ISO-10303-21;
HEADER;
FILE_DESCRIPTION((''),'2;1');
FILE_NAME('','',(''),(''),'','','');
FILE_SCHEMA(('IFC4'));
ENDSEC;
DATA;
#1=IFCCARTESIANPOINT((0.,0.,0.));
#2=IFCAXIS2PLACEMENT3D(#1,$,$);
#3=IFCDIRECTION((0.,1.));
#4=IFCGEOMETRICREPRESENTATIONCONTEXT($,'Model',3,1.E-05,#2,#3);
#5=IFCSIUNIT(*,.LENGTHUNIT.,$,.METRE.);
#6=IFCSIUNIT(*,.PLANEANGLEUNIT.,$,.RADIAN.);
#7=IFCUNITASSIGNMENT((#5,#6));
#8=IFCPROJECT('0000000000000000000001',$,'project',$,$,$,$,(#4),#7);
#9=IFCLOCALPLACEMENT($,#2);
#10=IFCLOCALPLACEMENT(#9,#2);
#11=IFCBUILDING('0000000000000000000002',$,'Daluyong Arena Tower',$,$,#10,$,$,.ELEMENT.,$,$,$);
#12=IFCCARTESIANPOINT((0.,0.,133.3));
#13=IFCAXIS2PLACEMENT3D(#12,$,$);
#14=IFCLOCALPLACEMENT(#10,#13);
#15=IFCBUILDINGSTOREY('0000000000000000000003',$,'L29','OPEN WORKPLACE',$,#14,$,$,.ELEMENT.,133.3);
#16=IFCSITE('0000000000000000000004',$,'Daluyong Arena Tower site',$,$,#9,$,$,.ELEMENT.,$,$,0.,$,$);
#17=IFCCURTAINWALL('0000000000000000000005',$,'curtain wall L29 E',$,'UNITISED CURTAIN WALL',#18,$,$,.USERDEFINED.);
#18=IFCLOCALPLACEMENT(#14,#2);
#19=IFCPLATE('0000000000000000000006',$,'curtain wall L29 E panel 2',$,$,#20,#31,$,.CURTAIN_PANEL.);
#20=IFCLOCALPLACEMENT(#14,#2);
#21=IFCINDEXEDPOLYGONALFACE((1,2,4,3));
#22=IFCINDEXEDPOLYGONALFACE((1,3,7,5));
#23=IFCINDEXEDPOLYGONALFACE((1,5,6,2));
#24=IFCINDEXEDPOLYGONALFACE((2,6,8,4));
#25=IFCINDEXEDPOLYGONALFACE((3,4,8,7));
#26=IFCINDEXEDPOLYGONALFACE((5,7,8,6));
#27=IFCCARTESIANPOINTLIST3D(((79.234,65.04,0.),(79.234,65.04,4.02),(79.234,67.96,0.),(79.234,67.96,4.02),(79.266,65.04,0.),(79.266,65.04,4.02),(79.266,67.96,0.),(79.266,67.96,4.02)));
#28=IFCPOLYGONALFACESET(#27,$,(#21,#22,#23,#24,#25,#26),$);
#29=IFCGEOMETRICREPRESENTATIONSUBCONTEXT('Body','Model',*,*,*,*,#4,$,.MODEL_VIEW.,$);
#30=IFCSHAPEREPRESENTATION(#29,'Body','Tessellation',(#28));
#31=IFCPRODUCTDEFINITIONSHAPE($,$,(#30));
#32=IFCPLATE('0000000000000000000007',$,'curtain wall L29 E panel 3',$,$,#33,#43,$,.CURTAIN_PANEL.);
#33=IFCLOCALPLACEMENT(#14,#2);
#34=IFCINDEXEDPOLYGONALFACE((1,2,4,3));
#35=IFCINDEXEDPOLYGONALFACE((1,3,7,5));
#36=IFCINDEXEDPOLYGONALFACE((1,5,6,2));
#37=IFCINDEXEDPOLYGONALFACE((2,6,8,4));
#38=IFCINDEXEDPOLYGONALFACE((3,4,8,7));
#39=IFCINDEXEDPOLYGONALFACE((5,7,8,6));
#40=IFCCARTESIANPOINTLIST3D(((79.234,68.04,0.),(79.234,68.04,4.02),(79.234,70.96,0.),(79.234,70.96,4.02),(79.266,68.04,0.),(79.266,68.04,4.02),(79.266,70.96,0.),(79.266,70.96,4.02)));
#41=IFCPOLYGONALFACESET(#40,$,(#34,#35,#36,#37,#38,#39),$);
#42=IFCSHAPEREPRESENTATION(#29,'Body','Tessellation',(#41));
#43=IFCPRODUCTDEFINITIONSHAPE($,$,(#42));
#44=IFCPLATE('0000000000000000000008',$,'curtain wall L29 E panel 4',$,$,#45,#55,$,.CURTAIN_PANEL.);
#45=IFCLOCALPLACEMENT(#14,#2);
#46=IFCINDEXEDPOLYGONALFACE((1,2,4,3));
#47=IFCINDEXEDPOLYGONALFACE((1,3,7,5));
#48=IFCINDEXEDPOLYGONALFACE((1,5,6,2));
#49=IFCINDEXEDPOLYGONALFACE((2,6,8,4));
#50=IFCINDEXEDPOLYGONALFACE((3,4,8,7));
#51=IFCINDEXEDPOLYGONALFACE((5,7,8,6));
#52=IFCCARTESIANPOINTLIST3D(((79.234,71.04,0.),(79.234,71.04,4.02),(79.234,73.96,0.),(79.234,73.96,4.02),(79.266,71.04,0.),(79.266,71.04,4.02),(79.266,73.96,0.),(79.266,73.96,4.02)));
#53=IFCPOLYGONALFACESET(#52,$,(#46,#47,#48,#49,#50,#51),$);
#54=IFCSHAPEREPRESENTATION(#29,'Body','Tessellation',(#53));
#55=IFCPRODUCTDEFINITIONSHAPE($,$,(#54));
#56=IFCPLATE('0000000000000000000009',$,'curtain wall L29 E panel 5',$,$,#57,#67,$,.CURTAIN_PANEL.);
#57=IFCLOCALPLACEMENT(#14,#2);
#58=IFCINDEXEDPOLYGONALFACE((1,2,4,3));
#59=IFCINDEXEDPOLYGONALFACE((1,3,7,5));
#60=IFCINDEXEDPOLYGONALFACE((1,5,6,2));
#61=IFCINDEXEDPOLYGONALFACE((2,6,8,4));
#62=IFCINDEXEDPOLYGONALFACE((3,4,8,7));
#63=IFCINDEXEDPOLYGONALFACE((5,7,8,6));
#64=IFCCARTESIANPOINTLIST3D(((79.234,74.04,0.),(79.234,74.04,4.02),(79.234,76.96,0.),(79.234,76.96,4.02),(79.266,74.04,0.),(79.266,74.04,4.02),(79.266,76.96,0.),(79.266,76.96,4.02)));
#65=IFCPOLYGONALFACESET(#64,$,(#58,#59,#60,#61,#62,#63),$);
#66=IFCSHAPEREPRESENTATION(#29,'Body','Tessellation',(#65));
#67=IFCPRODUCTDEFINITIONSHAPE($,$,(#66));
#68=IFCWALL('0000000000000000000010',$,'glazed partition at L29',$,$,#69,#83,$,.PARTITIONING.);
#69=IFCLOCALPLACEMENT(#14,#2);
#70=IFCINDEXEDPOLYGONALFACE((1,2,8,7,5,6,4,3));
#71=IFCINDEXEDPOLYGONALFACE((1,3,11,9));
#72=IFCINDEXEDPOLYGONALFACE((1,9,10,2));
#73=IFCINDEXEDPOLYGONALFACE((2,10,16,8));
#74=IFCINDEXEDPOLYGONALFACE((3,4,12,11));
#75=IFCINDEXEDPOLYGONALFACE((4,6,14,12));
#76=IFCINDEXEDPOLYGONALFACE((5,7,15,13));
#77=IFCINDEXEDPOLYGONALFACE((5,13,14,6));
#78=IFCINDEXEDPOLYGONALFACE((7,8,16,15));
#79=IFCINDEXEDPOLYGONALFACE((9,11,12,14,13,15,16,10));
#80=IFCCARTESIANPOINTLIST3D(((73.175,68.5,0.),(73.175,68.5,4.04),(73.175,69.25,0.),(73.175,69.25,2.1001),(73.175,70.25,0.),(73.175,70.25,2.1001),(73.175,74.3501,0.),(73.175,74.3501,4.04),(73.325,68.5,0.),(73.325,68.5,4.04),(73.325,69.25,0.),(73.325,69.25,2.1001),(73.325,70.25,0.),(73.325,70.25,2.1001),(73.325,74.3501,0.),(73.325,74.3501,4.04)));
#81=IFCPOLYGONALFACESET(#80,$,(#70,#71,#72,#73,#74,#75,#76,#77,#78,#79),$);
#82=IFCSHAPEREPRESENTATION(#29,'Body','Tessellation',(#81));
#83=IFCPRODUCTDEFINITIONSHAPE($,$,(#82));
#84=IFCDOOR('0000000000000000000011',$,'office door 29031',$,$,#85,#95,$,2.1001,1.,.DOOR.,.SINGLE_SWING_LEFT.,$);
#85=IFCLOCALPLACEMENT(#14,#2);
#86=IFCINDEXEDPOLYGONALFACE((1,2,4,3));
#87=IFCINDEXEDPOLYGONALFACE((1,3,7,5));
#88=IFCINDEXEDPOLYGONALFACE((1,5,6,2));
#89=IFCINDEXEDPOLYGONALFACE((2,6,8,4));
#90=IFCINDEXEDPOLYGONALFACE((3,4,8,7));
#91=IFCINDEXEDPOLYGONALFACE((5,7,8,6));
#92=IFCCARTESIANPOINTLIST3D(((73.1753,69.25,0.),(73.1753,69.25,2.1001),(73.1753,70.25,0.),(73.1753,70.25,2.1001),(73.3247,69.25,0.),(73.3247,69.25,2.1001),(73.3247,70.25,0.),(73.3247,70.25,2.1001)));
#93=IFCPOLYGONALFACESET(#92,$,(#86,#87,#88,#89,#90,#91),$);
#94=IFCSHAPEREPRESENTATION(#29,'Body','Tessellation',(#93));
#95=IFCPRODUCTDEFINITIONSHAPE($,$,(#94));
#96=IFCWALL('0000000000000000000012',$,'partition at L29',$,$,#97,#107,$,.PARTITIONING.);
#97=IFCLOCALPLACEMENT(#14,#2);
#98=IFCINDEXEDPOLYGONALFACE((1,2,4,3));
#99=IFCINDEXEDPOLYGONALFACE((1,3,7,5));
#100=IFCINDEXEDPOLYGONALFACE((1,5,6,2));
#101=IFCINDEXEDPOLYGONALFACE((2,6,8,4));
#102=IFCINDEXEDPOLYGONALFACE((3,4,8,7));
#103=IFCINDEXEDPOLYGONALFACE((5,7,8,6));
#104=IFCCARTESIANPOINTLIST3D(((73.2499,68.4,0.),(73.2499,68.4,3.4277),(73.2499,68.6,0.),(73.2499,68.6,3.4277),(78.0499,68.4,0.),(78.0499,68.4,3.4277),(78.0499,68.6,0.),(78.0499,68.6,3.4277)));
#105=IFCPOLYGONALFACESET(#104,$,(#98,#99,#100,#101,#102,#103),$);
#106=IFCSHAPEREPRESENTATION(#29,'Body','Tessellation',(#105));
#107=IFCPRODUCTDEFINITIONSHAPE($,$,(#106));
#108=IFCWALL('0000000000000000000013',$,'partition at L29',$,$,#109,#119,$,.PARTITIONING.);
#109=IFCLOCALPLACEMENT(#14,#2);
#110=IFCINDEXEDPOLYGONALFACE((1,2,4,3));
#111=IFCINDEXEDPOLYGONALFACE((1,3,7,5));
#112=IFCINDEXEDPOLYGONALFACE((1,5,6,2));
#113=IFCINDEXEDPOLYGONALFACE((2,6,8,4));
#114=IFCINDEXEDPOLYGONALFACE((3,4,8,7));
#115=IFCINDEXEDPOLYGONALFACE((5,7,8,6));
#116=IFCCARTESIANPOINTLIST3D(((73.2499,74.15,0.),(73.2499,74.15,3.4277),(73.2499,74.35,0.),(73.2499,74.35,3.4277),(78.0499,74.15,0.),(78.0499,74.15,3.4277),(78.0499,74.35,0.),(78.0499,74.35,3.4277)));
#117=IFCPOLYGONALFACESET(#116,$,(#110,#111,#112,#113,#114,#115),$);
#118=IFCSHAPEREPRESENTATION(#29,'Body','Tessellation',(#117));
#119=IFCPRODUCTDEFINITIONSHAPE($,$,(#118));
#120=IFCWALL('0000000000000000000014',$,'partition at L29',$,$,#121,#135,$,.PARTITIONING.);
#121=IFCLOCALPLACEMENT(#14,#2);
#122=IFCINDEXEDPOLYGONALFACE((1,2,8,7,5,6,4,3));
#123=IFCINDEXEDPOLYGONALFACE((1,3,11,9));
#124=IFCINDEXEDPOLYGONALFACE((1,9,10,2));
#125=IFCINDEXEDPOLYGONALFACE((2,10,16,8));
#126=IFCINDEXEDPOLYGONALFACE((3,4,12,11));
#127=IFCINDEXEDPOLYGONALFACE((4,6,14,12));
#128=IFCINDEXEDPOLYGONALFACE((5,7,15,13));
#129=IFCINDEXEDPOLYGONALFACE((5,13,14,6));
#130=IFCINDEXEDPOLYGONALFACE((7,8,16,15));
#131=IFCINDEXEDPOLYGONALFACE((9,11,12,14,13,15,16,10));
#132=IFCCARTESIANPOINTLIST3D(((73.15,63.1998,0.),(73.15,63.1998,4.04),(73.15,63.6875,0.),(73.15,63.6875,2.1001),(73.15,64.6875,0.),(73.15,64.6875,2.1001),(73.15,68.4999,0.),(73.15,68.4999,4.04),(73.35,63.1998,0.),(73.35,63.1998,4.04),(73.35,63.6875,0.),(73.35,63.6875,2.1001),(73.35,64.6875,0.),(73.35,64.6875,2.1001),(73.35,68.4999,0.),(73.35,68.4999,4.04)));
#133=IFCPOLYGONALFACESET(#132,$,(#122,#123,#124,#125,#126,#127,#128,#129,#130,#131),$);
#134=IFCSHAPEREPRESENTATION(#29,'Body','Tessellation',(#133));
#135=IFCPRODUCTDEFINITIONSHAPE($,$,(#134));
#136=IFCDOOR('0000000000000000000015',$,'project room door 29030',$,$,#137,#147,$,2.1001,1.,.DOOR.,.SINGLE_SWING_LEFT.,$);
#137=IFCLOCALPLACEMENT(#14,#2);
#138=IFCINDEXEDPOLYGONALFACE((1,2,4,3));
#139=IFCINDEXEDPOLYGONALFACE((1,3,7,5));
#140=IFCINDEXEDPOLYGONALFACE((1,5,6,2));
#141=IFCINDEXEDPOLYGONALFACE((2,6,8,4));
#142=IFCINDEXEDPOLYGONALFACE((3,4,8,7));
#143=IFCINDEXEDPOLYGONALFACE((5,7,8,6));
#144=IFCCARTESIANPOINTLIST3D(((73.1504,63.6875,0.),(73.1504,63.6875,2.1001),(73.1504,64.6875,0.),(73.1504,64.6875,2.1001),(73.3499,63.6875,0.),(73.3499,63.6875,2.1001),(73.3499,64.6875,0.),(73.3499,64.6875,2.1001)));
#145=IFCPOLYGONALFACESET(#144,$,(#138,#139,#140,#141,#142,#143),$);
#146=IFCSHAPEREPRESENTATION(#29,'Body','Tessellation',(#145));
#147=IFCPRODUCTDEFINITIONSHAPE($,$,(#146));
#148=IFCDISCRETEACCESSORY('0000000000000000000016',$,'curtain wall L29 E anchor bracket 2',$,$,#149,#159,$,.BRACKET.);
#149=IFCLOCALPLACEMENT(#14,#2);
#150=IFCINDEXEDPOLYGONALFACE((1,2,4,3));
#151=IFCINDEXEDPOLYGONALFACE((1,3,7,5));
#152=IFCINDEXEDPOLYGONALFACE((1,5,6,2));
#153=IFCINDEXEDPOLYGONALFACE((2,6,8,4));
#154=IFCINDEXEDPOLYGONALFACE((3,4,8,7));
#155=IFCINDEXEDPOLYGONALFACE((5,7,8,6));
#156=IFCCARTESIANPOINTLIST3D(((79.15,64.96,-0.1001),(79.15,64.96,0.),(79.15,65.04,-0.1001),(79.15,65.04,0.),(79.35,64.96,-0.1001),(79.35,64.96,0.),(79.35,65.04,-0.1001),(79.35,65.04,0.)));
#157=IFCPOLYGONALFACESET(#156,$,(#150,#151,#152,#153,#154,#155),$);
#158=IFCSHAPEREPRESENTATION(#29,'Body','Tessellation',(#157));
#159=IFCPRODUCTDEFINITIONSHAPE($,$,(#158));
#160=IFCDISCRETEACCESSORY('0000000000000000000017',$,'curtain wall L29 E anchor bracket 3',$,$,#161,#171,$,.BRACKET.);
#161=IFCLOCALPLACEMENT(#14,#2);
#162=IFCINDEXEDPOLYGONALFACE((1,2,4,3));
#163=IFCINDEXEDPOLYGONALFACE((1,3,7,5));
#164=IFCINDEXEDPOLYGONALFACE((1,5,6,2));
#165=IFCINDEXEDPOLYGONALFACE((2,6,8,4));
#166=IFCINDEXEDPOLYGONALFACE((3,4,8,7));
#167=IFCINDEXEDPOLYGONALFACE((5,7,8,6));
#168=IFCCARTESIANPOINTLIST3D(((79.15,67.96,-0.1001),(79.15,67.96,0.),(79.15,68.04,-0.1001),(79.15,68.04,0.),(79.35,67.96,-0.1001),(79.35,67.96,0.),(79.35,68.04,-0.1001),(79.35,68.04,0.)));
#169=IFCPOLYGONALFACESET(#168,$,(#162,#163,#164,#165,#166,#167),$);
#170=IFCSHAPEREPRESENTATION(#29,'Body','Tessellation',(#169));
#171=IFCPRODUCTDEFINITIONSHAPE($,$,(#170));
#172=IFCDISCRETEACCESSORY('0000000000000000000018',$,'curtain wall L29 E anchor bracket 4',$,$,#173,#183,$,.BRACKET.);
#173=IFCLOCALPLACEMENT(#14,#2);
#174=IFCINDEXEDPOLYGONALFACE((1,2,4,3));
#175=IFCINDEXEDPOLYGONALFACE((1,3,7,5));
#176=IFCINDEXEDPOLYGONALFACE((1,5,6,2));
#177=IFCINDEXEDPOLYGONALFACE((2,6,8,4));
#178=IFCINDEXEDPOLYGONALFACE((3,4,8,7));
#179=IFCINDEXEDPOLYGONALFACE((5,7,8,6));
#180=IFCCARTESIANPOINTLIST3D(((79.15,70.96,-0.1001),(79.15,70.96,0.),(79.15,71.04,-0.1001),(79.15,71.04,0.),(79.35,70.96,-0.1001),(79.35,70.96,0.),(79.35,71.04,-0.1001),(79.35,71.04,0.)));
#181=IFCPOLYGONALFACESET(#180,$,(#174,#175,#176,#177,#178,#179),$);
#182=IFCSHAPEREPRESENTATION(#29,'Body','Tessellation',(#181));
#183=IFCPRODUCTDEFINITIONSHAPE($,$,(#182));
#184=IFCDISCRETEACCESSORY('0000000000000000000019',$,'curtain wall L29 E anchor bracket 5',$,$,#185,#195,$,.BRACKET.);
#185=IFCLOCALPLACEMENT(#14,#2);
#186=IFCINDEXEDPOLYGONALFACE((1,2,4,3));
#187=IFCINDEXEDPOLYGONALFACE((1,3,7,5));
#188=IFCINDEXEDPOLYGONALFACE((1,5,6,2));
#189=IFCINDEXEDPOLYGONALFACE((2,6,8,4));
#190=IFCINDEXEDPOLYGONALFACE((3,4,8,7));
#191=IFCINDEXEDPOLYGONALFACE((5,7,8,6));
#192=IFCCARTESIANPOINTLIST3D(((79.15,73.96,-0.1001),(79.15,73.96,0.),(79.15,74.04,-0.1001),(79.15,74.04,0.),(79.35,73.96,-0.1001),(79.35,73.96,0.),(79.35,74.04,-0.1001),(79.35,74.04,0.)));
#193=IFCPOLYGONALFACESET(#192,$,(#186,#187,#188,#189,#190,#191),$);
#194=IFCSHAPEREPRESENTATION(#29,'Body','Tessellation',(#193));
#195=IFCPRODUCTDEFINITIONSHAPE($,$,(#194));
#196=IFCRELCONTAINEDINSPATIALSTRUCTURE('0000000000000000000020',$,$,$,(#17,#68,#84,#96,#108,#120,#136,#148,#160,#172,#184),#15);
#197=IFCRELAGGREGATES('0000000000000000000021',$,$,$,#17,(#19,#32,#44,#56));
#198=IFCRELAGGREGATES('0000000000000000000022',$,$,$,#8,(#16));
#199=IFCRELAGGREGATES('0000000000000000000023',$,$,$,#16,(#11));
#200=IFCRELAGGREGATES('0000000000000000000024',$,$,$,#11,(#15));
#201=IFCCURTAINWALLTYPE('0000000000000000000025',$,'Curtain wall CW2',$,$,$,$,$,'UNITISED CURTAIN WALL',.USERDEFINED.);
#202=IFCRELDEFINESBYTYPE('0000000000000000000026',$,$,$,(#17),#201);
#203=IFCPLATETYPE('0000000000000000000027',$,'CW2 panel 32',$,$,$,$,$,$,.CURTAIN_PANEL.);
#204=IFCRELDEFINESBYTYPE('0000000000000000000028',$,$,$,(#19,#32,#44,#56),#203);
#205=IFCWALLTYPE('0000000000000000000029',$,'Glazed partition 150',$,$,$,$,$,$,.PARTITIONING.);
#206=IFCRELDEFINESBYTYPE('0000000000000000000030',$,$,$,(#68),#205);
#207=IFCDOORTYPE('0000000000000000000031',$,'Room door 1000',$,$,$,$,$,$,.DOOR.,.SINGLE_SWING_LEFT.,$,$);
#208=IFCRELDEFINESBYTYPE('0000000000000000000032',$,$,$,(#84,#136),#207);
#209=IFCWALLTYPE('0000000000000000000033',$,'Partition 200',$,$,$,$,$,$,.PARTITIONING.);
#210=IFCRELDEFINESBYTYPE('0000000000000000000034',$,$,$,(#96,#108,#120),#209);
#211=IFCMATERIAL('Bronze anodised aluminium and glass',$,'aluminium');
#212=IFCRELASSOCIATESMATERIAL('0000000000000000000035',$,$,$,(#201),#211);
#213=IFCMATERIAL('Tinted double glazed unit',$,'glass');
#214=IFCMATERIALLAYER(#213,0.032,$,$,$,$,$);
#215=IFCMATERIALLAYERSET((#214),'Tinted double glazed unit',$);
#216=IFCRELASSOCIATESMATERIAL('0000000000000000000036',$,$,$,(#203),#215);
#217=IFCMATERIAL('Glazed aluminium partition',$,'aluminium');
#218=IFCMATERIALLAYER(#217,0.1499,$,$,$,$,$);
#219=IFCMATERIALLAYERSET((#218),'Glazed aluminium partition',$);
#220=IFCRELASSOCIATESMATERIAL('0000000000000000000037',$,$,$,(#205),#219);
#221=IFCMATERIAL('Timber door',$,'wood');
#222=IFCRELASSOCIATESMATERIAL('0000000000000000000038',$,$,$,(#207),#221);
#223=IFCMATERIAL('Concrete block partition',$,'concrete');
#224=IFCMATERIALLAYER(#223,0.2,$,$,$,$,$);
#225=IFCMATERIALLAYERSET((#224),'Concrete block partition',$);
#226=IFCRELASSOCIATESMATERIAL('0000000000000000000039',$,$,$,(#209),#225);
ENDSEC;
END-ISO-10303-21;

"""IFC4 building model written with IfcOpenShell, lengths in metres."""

from ifc_helpers import new_model, si_unit, direction, frame, frame_2d, origin, origin_2d, place, context, subcontext, project, spatial, rectangle, extrude, material, layer, layer_set, type_object, element, fill, aggregate, save


model = new_model("IFC4")

# Units and contexts
model_context = context("Model", 3, precision=1e-05, world=origin(), true_north=direction((0.0, 1.0)))
body_context = subcontext(model_context, "Body", "Model", "MODEL_VIEW")
ifc_project = project(units=[si_unit("LENGTHUNIT", "METRE"), si_unit("PLANEANGLEUNIT", "RADIAN")], contexts=[model_context])

# Site, building, storey
site_placement = place(None, origin())
site = spatial("IfcSite", under=ifc_project, at=site_placement, Name="Daluyong Arena Tower site", CompositionType="ELEMENT", RefElevation=0.0)
building_placement = place(site_placement, origin())
building = spatial("IfcBuilding", under=site, at=building_placement, Name="Daluyong Arena Tower", CompositionType="ELEMENT")
storey_placement = place(building_placement, frame((0.0, 0.0, 133.3)))
storey = spatial("IfcBuildingStorey", under=building, at=storey_placement, Name="L29", Description="OPEN WORKPLACE", CompositionType="ELEMENT", Elevation=133.3)

# Curtain wall
ifc_material_1 = material(Name="Bronze anodised aluminium and glass", Category="aluminium")
curtain_wall_type = type_object("IfcCurtainWallType", Name="Curtain wall CW2", ElementType="UNITISED CURTAIN WALL", PredefinedType="USERDEFINED", material=ifc_material_1)
curtain_wall_placement = place(storey_placement, origin())
curtain_wall = element("IfcCurtainWall", 1, at=curtain_wall_placement, inside=storey, type_object=curtain_wall_type, Name="curtain wall L29 E", ObjectType="UNITISED CURTAIN WALL", PredefinedType="USERDEFINED")

# Plates
ifc_material_2 = material(Name="Tinted double glazed unit", Category="glass")
ifc_layer_1 = layer(ifc_material_2, 0.032)
ifc_layer_set_1 = layer_set([ifc_layer_1], Name="Tinted double glazed unit")
plate_type = type_object("IfcPlateType", Name="CW2 panel 32", PredefinedType="CURTAIN_PANEL", material=ifc_layer_set_1)
plate_1_placement = place(storey_placement, frame((79.25, 66.5, 0.0), z_axis=(0.0, 0.0, 1.0), x_axis=(0.0, 1.0, 0.0)))
plate_1 = element("IfcPlate", 2, at=plate_1_placement, type_object=plate_type, Name="curtain wall L29 E panel 2", PredefinedType="CURTAIN_PANEL", context=body_context, shape_type="SweptSolid", body=[
    extrude(rectangle(XDim=2.9199, YDim=0.032, at=origin_2d()), origin(), (0.0, 0.0, 1.0), 4.02),
])
plate_2_placement = place(storey_placement, frame((79.25, 69.5, 0.0), z_axis=(0.0, 0.0, 1.0), x_axis=(0.0, 1.0, 0.0)))
plate_2 = element("IfcPlate", 3, at=plate_2_placement, type_object=plate_type, Name="curtain wall L29 E panel 3", PredefinedType="CURTAIN_PANEL", context=body_context, shape_type="SweptSolid", body=[
    extrude(rectangle(XDim=2.9199, YDim=0.032, at=origin_2d()), origin(), (0.0, 0.0, 1.0), 4.02),
])
plate_3_placement = place(storey_placement, frame((79.25, 72.5, 0.0), z_axis=(0.0, 0.0, 1.0), x_axis=(0.0, 1.0, 0.0)))
plate_3 = element("IfcPlate", 4, at=plate_3_placement, type_object=plate_type, Name="curtain wall L29 E panel 4", PredefinedType="CURTAIN_PANEL", context=body_context, shape_type="SweptSolid", body=[
    extrude(rectangle(XDim=2.9199, YDim=0.032, at=origin_2d()), origin(), (0.0, 0.0, 1.0), 4.02),
])
plate_4_placement = place(storey_placement, frame((79.25, 75.5, 0.0), z_axis=(0.0, 0.0, 1.0), x_axis=(0.0, 1.0, 0.0)))
plate_4 = element("IfcPlate", 5, at=plate_4_placement, type_object=plate_type, Name="curtain wall L29 E panel 5", PredefinedType="CURTAIN_PANEL", context=body_context, shape_type="SweptSolid", body=[
    extrude(rectangle(XDim=2.9199, YDim=0.032, at=origin_2d()), origin(), (0.0, 0.0, 1.0), 4.02),
])
aggregate(curtain_wall, [plate_1, plate_2, plate_3, plate_4])

# Wall, opening, door
ifc_material_3 = material(Name="Glazed aluminium partition", Category="aluminium")
ifc_layer_2 = layer(ifc_material_3, 0.1499)
ifc_layer_set_2 = layer_set([ifc_layer_2], Name="Glazed aluminium partition")
wall_type_1 = type_object("IfcWallType", Name="Glazed partition 150", PredefinedType="PARTITIONING", material=ifc_layer_set_2)
wall_1_placement = place(storey_placement, frame((73.25, 68.5, 0.0), z_axis=(0.0, 0.0, 1.0), x_axis=(0.0, 1.0, 0.0)))
wall_1 = element("IfcWall", 6, at=wall_1_placement, inside=storey, type_object=wall_type_1, Name="glazed partition at L29", PredefinedType="PARTITIONING", context=body_context, shape_type="SweptSolid", body=[
    extrude(rectangle(XDim=5.8501, YDim=0.1499, at=frame_2d((2.925, 0.0))), origin(), (0.0, 0.0, 1.0), 4.04),
])
opening_1_placement = place(wall_1_placement, frame((0.75, 0.0, 0.0)))
opening_1 = element("IfcOpeningElement", 7, at=opening_1_placement, cuts=wall_1, PredefinedType="OPENING", context=body_context, shape_type="SweptSolid", body=[
    extrude(rectangle(XDim=1.0, YDim=2.1001, at=frame_2d((0.5, 1.05))), frame((0.0, 0.085, 0.0), z_axis=(0.0, -1.0, 0.0), x_axis=(1.0, 0.0, 0.0)), (0.0, 0.0, 1.0), 0.1699),
])
ifc_material_4 = material(Name="Timber door", Category="wood")
door_type = type_object("IfcDoorType", Name="Room door 1000", OperationType="SINGLE_SWING_LEFT", PredefinedType="DOOR", material=ifc_material_4)
door_1_placement = place(opening_1_placement, origin())
door_1 = element("IfcDoor", 8, at=door_1_placement, inside=storey, type_object=door_type, Name="office door 29031", OperationType="SINGLE_SWING_LEFT", OverallHeight=2.1001, OverallWidth=1.0, PredefinedType="DOOR", context=body_context, shape_type="SweptSolid", body=[
    extrude(rectangle(XDim=1.0, YDim=2.1001, at=frame_2d((0.5, 1.05))), frame((0.0, 0.0747, 0.0), z_axis=(0.0, -1.0, 0.0), x_axis=(1.0, 0.0, 0.0)), (0.0, 0.0, 1.0), 0.1494),
])
fill(opening_1, door_1)

# Walls
ifc_material_5 = material(Name="Concrete block partition", Category="concrete")
ifc_layer_3 = layer(ifc_material_5, 0.2)
ifc_layer_set_3 = layer_set([ifc_layer_3], Name="Concrete block partition")
wall_type_2 = type_object("IfcWallType", Name="Partition 200", PredefinedType="PARTITIONING", material=ifc_layer_set_3)
for number, where, z_axis, x_axis, name in (
    (9, (73.25, 68.5, 0.0), (0.0, 0.0, 1.0), (1.0, 0.0, 0.0), "partition at L29"),
    (10, (73.25, 74.25, 0.0), (0.0, 0.0, 1.0), (1.0, 0.0, 0.0), "partition at L29"),
):
    element("IfcWall", number, at=place(storey_placement, frame(where, z_axis=z_axis, x_axis=x_axis)), inside=storey, type_object=wall_type_2, Name=name, PredefinedType="PARTITIONING", context=body_context, shape_type="SweptSolid", body=[
        extrude(rectangle(XDim=4.8, YDim=0.2, at=frame_2d((2.3999, 0.0))), origin(), (0.0, 0.0, 1.0), 3.4277),
    ])

# Wall, opening, door
wall_2_placement = place(storey_placement, frame((73.25, 63.2, 0.0), z_axis=(0.0, 0.0, 1.0), x_axis=(0.0, 1.0, 0.0)))
wall_2 = element("IfcWall", 11, at=wall_2_placement, inside=storey, type_object=wall_type_2, Name="partition at L29", PredefinedType="PARTITIONING", context=body_context, shape_type="SweptSolid", body=[
    extrude(rectangle(XDim=5.3, YDim=0.2, at=frame_2d((2.6499, 0.0))), origin(), (0.0, 0.0, 1.0), 4.04),
])
opening_2_placement = place(wall_2_placement, frame((0.4875, 0.0, 0.0)))
opening_2 = element("IfcOpeningElement", 12, at=opening_2_placement, cuts=wall_2, PredefinedType="OPENING", context=body_context, shape_type="SweptSolid", body=[
    extrude(rectangle(XDim=1.0, YDim=2.1001, at=frame_2d((0.5, 1.05))), frame((0.0, 0.1099, 0.0), z_axis=(0.0, -1.0, 0.0), x_axis=(1.0, 0.0, 0.0)), (0.0, 0.0, 1.0), 0.22),
])
door_2_placement = place(opening_2_placement, origin())
door_2 = element("IfcDoor", 13, at=door_2_placement, inside=storey, type_object=door_type, Name="project room door 29030", OperationType="SINGLE_SWING_LEFT", OverallHeight=2.1001, OverallWidth=1.0, PredefinedType="DOOR", context=body_context, shape_type="SweptSolid", body=[
    extrude(rectangle(XDim=1.0, YDim=2.1001, at=frame_2d((0.5, 1.05))), frame((0.0, 0.0996, 0.0), z_axis=(0.0, -1.0, 0.0), x_axis=(1.0, 0.0, 0.0)), (0.0, 0.0, 1.0), 0.1995),
])
fill(opening_2, door_2)

# Discrete accessories
for number, where, z_axis, x_axis, name in (
    (14, (79.25, 65.0, -0.1001), (0.0, 0.0, 1.0), (0.0, 1.0, 0.0), "curtain wall L29 E anchor bracket 2"),
    (15, (79.25, 68.0, -0.1001), (0.0, 0.0, 1.0), (0.0, 1.0, 0.0), "curtain wall L29 E anchor bracket 3"),
    (16, (79.25, 71.0, -0.1001), (0.0, 0.0, 1.0), (0.0, 1.0, 0.0), "curtain wall L29 E anchor bracket 4"),
    (17, (79.25, 74.0, -0.1001), (0.0, 0.0, 1.0), (0.0, 1.0, 0.0), "curtain wall L29 E anchor bracket 5"),
):
    element("IfcDiscreteAccessory", number, at=place(storey_placement, frame(where, z_axis=z_axis, x_axis=x_axis)), inside=storey, Name=name, PredefinedType="BRACKET", context=body_context, shape_type="SweptSolid", body=[
        extrude(rectangle(XDim=0.0801, YDim=0.2, at=origin_2d()), origin(), (0.0, 0.0, 1.0), 0.1001),
    ])

save(model, "model.ifc")
